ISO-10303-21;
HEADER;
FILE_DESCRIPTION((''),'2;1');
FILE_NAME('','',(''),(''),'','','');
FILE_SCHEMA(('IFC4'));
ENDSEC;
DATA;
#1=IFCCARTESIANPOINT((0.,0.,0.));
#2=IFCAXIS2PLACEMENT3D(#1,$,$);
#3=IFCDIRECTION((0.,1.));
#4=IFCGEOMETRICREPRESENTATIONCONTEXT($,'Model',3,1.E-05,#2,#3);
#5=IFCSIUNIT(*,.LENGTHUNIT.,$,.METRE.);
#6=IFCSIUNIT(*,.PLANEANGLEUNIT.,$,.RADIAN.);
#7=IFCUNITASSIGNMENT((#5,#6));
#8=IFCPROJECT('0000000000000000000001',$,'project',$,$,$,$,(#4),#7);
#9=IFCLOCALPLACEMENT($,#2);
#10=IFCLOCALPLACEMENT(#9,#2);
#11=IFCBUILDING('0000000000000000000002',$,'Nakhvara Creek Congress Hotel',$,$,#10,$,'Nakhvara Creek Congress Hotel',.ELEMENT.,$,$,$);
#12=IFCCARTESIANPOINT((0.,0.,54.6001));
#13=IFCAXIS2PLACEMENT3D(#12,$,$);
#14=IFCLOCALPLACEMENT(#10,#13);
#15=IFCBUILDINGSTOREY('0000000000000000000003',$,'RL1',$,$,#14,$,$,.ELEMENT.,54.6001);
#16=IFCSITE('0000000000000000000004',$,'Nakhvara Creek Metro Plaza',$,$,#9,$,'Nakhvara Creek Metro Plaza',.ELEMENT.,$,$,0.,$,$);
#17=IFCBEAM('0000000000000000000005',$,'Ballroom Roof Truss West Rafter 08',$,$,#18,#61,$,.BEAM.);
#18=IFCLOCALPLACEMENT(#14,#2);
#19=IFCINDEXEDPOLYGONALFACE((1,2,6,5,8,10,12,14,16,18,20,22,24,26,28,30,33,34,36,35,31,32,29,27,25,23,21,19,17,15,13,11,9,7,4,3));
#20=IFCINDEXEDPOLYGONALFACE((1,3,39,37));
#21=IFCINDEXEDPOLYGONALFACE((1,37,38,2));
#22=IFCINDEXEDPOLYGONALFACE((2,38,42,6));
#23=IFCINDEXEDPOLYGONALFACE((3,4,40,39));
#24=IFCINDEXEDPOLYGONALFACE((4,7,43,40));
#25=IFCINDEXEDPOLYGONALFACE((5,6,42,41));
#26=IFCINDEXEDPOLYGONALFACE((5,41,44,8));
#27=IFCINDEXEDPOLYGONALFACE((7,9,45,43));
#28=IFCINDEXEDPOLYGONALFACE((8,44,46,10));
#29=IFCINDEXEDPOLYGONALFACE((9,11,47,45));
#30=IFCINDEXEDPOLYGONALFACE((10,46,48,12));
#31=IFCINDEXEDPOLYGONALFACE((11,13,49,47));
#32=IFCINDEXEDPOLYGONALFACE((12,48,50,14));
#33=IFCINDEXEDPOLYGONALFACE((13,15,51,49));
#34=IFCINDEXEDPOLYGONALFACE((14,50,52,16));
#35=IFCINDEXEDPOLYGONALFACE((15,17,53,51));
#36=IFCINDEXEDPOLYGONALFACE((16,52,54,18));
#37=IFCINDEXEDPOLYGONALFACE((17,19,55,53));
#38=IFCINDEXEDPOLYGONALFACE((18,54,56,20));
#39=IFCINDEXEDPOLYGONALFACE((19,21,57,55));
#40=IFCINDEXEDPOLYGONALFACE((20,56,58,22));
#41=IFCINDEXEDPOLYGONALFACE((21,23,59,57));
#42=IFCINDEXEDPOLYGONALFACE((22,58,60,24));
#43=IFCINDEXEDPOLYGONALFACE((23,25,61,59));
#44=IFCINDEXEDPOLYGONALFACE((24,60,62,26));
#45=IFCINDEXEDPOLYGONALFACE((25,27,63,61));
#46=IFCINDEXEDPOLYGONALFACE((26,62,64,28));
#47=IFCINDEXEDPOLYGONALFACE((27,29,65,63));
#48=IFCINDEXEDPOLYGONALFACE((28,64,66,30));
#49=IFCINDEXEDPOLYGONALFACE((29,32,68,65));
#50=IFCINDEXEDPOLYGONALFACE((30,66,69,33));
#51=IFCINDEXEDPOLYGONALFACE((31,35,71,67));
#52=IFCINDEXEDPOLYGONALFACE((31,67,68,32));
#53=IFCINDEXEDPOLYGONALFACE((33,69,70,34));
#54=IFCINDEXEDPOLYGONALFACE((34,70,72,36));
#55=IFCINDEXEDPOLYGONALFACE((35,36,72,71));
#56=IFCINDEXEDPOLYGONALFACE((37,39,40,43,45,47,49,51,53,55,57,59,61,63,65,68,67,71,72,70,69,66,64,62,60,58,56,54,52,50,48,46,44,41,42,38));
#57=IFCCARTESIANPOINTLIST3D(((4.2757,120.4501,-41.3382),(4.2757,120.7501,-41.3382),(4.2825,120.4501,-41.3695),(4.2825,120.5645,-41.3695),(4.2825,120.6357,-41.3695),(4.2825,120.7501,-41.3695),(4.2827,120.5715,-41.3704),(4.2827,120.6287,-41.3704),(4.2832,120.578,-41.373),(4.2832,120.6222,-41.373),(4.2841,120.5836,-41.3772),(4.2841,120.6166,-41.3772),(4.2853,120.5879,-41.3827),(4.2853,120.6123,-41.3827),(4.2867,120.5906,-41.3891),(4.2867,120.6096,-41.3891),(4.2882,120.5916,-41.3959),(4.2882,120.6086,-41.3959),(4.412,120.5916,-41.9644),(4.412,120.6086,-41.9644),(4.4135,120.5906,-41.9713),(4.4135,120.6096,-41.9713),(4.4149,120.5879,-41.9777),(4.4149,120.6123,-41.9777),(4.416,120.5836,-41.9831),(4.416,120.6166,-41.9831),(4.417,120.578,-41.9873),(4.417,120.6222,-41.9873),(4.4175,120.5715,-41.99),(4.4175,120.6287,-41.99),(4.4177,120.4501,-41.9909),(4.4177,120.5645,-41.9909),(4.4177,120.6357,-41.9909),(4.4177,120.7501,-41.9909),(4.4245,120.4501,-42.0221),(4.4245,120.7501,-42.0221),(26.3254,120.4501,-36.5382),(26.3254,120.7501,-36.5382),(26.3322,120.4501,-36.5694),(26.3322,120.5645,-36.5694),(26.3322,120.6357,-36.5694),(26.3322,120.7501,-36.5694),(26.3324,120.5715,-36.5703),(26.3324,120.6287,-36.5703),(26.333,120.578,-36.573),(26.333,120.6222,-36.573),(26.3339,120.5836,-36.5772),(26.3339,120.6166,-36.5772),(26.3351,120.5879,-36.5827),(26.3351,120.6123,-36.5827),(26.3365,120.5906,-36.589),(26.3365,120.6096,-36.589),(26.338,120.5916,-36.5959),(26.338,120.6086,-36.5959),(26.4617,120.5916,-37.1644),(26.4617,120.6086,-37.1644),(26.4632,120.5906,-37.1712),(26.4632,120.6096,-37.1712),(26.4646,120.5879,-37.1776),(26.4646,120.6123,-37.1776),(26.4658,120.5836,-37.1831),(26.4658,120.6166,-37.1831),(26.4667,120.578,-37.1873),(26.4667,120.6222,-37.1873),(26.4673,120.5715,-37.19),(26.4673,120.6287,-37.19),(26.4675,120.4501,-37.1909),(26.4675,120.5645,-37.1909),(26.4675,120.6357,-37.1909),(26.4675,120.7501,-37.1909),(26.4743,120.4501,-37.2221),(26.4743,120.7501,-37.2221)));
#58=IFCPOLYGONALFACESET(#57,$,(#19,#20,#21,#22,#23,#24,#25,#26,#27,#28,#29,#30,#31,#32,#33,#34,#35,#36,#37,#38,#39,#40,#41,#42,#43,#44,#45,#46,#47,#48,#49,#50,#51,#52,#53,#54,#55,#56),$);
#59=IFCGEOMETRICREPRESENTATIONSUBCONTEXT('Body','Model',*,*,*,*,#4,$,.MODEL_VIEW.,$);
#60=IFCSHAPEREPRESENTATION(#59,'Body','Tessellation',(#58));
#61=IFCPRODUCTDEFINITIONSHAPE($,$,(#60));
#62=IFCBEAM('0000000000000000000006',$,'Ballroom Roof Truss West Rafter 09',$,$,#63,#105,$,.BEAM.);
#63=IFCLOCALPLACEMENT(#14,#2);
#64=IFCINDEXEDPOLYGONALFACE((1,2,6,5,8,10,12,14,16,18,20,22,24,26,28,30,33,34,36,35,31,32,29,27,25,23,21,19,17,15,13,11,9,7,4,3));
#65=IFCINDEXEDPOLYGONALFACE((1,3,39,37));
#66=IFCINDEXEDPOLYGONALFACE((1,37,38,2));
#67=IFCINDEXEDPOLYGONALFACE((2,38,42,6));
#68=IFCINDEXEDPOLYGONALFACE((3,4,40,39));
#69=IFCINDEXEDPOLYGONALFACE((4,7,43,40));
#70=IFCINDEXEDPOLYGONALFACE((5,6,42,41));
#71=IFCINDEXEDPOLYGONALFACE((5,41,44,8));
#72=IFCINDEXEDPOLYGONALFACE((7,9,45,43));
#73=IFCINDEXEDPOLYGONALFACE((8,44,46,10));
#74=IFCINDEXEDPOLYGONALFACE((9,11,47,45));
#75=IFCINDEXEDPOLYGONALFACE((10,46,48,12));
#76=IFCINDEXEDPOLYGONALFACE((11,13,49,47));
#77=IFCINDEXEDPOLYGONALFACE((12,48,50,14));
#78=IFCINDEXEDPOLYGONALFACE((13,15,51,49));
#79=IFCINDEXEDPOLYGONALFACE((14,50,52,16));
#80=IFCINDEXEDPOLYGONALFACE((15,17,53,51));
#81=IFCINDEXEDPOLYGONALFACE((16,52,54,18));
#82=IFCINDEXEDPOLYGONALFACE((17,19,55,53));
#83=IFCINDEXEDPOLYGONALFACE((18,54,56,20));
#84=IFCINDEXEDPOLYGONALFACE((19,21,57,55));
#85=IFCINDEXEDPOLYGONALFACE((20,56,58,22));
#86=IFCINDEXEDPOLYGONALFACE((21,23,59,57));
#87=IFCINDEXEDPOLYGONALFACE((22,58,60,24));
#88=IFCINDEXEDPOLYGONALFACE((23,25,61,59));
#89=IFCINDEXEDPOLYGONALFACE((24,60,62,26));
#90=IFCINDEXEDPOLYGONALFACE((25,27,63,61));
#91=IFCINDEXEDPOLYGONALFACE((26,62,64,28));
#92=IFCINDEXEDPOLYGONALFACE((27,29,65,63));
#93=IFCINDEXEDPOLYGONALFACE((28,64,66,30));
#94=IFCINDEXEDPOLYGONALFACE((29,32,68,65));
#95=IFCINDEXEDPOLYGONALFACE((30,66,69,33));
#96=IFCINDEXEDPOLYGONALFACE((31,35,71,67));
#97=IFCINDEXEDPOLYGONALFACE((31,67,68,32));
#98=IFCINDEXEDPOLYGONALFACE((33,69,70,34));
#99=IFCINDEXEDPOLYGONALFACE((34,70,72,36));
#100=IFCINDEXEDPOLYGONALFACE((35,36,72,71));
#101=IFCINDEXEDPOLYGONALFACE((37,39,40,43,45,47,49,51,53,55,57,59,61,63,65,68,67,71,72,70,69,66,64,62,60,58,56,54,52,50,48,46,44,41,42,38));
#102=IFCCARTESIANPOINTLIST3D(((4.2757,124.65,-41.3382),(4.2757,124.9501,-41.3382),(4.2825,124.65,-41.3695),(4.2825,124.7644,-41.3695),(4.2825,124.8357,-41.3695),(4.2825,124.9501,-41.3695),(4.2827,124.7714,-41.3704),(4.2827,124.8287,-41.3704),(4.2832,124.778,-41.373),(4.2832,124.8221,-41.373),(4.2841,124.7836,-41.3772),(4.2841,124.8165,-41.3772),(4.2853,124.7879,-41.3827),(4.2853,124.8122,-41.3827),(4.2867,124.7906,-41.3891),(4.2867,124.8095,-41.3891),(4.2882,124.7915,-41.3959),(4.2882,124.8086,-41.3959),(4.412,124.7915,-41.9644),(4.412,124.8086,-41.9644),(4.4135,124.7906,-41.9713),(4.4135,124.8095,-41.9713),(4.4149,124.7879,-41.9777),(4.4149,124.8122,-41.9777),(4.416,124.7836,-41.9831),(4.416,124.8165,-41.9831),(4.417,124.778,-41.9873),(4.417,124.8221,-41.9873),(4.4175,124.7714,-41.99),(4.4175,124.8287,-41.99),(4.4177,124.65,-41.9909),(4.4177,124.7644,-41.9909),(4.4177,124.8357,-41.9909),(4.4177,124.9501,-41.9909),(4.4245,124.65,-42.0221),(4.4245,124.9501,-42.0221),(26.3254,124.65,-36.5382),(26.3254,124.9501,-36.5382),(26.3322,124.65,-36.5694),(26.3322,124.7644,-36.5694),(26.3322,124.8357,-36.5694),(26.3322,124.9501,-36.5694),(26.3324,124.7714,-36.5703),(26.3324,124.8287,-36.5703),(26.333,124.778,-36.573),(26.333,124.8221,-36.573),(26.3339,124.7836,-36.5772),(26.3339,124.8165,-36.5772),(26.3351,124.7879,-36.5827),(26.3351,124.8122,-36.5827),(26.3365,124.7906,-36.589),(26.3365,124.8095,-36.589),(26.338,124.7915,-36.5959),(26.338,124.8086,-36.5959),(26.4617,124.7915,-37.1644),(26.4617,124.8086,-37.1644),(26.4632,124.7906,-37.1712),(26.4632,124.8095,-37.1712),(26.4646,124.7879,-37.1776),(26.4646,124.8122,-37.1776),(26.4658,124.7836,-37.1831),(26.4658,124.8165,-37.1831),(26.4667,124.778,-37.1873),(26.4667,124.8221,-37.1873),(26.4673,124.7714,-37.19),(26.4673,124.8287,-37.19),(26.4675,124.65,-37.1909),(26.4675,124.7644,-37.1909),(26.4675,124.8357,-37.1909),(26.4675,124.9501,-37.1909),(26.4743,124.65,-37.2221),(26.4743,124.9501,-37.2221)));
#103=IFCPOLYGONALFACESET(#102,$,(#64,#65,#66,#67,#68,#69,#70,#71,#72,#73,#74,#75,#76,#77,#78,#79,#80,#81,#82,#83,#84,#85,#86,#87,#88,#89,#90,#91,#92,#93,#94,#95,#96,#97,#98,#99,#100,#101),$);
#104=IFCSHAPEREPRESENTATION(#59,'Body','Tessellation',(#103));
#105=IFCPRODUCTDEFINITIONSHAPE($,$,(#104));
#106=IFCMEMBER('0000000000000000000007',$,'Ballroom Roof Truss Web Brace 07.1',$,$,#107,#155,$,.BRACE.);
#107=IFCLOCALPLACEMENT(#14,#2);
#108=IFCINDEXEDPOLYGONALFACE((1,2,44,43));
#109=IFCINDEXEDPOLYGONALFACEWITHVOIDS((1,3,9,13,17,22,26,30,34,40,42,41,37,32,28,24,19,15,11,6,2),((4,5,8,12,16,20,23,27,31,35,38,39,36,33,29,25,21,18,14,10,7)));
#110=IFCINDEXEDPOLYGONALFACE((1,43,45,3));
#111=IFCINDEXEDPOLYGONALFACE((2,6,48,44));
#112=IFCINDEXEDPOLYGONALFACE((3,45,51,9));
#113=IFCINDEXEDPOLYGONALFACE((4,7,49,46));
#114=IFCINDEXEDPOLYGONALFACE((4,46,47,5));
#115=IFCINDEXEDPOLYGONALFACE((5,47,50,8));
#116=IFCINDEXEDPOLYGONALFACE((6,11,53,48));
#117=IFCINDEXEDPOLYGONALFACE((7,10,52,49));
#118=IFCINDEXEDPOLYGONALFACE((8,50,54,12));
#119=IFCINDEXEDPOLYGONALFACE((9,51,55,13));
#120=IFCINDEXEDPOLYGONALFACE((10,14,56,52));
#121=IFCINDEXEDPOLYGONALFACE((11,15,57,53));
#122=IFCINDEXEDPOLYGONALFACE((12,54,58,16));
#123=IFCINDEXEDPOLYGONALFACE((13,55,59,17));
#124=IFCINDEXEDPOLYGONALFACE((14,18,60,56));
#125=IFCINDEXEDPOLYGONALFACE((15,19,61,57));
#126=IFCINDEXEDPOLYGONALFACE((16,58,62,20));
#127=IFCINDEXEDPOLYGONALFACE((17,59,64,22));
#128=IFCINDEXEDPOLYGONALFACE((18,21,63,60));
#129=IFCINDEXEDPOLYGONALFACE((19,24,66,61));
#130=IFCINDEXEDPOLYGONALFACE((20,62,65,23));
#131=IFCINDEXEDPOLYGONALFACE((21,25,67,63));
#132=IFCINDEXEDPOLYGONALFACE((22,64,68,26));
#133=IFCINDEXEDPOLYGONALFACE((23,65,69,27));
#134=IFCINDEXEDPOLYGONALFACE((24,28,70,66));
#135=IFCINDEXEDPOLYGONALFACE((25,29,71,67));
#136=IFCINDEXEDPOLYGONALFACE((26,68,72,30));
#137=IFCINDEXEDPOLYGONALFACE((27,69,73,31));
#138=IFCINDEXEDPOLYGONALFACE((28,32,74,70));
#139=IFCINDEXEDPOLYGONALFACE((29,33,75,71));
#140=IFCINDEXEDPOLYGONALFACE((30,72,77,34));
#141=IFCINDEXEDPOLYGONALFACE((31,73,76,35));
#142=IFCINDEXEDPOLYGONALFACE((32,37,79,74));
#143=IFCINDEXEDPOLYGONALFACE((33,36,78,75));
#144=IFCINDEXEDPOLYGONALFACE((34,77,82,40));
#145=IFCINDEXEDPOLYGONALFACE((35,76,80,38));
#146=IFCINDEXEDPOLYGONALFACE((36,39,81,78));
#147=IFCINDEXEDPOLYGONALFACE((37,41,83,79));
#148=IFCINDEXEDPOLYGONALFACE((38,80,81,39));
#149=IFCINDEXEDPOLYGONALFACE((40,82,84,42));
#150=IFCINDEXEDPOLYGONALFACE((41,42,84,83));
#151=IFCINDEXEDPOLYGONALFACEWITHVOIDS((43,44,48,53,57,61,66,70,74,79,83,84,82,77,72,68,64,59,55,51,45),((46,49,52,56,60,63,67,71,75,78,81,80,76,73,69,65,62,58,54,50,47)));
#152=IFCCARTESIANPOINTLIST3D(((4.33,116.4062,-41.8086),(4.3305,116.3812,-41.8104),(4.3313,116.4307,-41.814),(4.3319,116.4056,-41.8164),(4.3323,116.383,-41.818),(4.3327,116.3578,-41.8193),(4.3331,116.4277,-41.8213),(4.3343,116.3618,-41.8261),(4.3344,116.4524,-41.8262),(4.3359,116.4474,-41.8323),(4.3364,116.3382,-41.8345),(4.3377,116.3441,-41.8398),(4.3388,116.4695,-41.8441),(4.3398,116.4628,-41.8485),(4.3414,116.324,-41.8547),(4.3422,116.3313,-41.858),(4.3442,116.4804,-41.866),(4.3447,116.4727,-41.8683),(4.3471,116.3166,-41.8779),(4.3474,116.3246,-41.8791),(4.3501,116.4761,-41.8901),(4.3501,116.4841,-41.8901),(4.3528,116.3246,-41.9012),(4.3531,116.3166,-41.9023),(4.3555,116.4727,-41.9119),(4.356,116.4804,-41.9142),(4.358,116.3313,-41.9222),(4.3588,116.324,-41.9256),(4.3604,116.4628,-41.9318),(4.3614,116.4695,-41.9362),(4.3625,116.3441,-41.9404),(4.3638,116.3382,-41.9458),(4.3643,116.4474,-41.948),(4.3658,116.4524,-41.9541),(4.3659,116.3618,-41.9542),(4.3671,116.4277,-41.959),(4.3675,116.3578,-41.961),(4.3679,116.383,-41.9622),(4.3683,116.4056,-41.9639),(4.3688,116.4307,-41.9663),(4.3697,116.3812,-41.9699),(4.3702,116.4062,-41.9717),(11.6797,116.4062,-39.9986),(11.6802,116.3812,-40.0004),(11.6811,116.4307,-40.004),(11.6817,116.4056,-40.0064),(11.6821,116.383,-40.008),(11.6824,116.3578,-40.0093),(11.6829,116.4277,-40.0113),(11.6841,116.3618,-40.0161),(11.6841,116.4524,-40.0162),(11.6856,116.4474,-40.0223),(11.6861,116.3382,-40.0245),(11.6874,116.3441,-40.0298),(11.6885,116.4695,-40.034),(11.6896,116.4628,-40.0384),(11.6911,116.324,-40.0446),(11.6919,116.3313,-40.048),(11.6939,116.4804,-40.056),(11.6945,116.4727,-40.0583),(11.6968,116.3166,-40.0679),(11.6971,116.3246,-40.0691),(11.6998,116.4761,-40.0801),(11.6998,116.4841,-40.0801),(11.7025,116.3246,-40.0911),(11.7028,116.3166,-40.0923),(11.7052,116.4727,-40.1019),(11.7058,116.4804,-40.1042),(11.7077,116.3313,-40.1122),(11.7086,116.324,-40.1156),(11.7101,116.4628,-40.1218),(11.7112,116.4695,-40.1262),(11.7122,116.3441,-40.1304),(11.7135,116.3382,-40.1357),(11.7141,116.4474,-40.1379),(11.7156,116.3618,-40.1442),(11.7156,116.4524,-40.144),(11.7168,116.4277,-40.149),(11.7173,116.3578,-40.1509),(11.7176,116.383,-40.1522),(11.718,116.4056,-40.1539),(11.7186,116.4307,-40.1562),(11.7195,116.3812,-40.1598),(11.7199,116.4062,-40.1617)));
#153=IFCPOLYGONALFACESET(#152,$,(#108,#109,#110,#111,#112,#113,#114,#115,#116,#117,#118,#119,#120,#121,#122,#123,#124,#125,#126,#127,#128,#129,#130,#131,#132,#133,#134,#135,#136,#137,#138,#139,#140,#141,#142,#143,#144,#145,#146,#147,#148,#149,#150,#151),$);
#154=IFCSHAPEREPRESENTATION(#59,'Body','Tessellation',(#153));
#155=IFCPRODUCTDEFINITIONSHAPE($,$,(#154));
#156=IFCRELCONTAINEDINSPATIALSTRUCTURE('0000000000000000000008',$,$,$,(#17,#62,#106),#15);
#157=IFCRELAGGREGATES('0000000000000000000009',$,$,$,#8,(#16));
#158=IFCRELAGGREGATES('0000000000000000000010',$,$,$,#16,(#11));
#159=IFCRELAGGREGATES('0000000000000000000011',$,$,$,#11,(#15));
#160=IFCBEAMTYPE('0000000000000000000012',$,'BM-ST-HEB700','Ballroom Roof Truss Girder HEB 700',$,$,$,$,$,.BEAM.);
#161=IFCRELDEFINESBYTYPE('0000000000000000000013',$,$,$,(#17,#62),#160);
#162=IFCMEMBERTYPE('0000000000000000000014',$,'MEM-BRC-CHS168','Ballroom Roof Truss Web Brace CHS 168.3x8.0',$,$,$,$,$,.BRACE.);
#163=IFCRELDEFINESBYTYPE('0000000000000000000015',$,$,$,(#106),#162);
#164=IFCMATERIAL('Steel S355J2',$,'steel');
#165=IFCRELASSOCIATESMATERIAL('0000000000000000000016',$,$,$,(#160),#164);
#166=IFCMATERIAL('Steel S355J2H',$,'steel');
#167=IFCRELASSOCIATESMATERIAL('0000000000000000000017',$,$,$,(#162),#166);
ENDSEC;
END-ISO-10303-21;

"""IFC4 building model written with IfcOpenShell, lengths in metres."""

from ifc_helpers import new_model, si_unit, direction, frame, origin, origin_2d, place, context, subcontext, project, spatial, hollow_circle, i_section, extrude, material, material_profile, profile_set, type_object, element, save


model = new_model("IFC4")

# Units and contexts
model_context = context("Model", 3, precision=1e-05, world=origin(), true_north=direction((0.0, 1.0)))
body_context = subcontext(model_context, "Body", "Model", "MODEL_VIEW")
ifc_project = project(units=[si_unit("LENGTHUNIT", "METRE"), si_unit("PLANEANGLEUNIT", "RADIAN")], contexts=[model_context])

# Site, building, storey
site_placement = place(None, origin())
site = spatial("IfcSite", under=ifc_project, at=site_placement, Name="Nakhvara Creek Metro Plaza", LongName="Nakhvara Creek Metro Plaza", CompositionType="ELEMENT", RefElevation=0.0)
building_placement = place(site_placement, origin())
building = spatial("IfcBuilding", under=site, at=building_placement, Name="Nakhvara Creek Congress Hotel", LongName="Nakhvara Creek Congress Hotel", CompositionType="ELEMENT")
storey_placement = place(building_placement, frame((0.0, 0.0, 54.6001)))
storey = spatial("IfcBuildingStorey", under=building, at=storey_placement, Name="RL1", CompositionType="ELEMENT", Elevation=54.6001)

# Beams
ifc_material_1 = material(Name="Steel S355J2", Category="steel")
ifc_material_profile_1 = material_profile(ifc_material_1, i_section(OverallWidth=0.3, OverallDepth=0.7, WebThickness=0.0171, FlangeThickness=0.032, FilletRadius=0.0271, at=origin_2d()), Name="HEB 700", Category="LoadBearing")
ifc_profile_set_1 = profile_set([ifc_material_profile_1], Name="Steel S355J2")
beam_type = type_object("IfcBeamType", Name="BM-ST-HEB700", Description="Ballroom Roof Truss Girder HEB 700", PredefinedType="BEAM", material=ifc_profile_set_1)
for number, where, z_axis, x_axis, name in (
    (1, (4.3501, 120.6001, -41.6802), (0.977115, 0.0, 0.212709), (0.0, 1.0, 0.0), "Ballroom Roof Truss West Rafter 08"),
    (2, (4.3501, 124.8, -41.6802), (0.977115, 0.0, 0.212709), (0.0, 1.0, 0.0), "Ballroom Roof Truss West Rafter 09"),
):
    element("IfcBeam", number, at=place(storey_placement, frame(where, z_axis=z_axis, x_axis=x_axis)), inside=storey, type_object=beam_type, Name=name, PredefinedType="BEAM", context=body_context, shape_type="SweptSolid", body=[
        extrude(i_section(OverallWidth=0.3, OverallDepth=0.7, WebThickness=0.0171, FlangeThickness=0.032, FilletRadius=0.0271, at=origin_2d()), origin(), (0.0, 0.0, 1.0), 22.5662),
    ])

# Member
ifc_material_2 = material(Name="Steel S355J2H", Category="steel")
ifc_material_profile_2 = material_profile(ifc_material_2, hollow_circle(Radius=0.0842, WallThickness=0.0081, at=origin_2d()), Name="CHS 168.3x8.0", Category="LoadBearing")
ifc_profile_set_2 = profile_set([ifc_material_profile_2], Name="Steel S355J2H")
member_type_1 = type_object("IfcMemberType", Name="MEM-BRC-CHS168", Description="Ballroom Roof Truss Web Brace CHS 168.3x8.0", PredefinedType="BRACE", material=ifc_profile_set_2)
member_1_placement = place(storey_placement, frame((4.3501, 116.3999, -41.8901), z_axis=(0.970988, 0.0, 0.239127), x_axis=(0.0, 1.0, 0.0)))
element("IfcMember", 3, at=member_1_placement, inside=storey, type_object=member_type_1, Name="Ballroom Roof Truss Web Brace 07.1", PredefinedType="BRACE", context=body_context, shape_type="SweptSolid", body=[
    extrude(hollow_circle(Radius=0.0842, WallThickness=0.0081, at=origin_2d()), origin(), (0.0, 0.0, 1.0), 7.5693),
])

save(model, "model.ifc")
